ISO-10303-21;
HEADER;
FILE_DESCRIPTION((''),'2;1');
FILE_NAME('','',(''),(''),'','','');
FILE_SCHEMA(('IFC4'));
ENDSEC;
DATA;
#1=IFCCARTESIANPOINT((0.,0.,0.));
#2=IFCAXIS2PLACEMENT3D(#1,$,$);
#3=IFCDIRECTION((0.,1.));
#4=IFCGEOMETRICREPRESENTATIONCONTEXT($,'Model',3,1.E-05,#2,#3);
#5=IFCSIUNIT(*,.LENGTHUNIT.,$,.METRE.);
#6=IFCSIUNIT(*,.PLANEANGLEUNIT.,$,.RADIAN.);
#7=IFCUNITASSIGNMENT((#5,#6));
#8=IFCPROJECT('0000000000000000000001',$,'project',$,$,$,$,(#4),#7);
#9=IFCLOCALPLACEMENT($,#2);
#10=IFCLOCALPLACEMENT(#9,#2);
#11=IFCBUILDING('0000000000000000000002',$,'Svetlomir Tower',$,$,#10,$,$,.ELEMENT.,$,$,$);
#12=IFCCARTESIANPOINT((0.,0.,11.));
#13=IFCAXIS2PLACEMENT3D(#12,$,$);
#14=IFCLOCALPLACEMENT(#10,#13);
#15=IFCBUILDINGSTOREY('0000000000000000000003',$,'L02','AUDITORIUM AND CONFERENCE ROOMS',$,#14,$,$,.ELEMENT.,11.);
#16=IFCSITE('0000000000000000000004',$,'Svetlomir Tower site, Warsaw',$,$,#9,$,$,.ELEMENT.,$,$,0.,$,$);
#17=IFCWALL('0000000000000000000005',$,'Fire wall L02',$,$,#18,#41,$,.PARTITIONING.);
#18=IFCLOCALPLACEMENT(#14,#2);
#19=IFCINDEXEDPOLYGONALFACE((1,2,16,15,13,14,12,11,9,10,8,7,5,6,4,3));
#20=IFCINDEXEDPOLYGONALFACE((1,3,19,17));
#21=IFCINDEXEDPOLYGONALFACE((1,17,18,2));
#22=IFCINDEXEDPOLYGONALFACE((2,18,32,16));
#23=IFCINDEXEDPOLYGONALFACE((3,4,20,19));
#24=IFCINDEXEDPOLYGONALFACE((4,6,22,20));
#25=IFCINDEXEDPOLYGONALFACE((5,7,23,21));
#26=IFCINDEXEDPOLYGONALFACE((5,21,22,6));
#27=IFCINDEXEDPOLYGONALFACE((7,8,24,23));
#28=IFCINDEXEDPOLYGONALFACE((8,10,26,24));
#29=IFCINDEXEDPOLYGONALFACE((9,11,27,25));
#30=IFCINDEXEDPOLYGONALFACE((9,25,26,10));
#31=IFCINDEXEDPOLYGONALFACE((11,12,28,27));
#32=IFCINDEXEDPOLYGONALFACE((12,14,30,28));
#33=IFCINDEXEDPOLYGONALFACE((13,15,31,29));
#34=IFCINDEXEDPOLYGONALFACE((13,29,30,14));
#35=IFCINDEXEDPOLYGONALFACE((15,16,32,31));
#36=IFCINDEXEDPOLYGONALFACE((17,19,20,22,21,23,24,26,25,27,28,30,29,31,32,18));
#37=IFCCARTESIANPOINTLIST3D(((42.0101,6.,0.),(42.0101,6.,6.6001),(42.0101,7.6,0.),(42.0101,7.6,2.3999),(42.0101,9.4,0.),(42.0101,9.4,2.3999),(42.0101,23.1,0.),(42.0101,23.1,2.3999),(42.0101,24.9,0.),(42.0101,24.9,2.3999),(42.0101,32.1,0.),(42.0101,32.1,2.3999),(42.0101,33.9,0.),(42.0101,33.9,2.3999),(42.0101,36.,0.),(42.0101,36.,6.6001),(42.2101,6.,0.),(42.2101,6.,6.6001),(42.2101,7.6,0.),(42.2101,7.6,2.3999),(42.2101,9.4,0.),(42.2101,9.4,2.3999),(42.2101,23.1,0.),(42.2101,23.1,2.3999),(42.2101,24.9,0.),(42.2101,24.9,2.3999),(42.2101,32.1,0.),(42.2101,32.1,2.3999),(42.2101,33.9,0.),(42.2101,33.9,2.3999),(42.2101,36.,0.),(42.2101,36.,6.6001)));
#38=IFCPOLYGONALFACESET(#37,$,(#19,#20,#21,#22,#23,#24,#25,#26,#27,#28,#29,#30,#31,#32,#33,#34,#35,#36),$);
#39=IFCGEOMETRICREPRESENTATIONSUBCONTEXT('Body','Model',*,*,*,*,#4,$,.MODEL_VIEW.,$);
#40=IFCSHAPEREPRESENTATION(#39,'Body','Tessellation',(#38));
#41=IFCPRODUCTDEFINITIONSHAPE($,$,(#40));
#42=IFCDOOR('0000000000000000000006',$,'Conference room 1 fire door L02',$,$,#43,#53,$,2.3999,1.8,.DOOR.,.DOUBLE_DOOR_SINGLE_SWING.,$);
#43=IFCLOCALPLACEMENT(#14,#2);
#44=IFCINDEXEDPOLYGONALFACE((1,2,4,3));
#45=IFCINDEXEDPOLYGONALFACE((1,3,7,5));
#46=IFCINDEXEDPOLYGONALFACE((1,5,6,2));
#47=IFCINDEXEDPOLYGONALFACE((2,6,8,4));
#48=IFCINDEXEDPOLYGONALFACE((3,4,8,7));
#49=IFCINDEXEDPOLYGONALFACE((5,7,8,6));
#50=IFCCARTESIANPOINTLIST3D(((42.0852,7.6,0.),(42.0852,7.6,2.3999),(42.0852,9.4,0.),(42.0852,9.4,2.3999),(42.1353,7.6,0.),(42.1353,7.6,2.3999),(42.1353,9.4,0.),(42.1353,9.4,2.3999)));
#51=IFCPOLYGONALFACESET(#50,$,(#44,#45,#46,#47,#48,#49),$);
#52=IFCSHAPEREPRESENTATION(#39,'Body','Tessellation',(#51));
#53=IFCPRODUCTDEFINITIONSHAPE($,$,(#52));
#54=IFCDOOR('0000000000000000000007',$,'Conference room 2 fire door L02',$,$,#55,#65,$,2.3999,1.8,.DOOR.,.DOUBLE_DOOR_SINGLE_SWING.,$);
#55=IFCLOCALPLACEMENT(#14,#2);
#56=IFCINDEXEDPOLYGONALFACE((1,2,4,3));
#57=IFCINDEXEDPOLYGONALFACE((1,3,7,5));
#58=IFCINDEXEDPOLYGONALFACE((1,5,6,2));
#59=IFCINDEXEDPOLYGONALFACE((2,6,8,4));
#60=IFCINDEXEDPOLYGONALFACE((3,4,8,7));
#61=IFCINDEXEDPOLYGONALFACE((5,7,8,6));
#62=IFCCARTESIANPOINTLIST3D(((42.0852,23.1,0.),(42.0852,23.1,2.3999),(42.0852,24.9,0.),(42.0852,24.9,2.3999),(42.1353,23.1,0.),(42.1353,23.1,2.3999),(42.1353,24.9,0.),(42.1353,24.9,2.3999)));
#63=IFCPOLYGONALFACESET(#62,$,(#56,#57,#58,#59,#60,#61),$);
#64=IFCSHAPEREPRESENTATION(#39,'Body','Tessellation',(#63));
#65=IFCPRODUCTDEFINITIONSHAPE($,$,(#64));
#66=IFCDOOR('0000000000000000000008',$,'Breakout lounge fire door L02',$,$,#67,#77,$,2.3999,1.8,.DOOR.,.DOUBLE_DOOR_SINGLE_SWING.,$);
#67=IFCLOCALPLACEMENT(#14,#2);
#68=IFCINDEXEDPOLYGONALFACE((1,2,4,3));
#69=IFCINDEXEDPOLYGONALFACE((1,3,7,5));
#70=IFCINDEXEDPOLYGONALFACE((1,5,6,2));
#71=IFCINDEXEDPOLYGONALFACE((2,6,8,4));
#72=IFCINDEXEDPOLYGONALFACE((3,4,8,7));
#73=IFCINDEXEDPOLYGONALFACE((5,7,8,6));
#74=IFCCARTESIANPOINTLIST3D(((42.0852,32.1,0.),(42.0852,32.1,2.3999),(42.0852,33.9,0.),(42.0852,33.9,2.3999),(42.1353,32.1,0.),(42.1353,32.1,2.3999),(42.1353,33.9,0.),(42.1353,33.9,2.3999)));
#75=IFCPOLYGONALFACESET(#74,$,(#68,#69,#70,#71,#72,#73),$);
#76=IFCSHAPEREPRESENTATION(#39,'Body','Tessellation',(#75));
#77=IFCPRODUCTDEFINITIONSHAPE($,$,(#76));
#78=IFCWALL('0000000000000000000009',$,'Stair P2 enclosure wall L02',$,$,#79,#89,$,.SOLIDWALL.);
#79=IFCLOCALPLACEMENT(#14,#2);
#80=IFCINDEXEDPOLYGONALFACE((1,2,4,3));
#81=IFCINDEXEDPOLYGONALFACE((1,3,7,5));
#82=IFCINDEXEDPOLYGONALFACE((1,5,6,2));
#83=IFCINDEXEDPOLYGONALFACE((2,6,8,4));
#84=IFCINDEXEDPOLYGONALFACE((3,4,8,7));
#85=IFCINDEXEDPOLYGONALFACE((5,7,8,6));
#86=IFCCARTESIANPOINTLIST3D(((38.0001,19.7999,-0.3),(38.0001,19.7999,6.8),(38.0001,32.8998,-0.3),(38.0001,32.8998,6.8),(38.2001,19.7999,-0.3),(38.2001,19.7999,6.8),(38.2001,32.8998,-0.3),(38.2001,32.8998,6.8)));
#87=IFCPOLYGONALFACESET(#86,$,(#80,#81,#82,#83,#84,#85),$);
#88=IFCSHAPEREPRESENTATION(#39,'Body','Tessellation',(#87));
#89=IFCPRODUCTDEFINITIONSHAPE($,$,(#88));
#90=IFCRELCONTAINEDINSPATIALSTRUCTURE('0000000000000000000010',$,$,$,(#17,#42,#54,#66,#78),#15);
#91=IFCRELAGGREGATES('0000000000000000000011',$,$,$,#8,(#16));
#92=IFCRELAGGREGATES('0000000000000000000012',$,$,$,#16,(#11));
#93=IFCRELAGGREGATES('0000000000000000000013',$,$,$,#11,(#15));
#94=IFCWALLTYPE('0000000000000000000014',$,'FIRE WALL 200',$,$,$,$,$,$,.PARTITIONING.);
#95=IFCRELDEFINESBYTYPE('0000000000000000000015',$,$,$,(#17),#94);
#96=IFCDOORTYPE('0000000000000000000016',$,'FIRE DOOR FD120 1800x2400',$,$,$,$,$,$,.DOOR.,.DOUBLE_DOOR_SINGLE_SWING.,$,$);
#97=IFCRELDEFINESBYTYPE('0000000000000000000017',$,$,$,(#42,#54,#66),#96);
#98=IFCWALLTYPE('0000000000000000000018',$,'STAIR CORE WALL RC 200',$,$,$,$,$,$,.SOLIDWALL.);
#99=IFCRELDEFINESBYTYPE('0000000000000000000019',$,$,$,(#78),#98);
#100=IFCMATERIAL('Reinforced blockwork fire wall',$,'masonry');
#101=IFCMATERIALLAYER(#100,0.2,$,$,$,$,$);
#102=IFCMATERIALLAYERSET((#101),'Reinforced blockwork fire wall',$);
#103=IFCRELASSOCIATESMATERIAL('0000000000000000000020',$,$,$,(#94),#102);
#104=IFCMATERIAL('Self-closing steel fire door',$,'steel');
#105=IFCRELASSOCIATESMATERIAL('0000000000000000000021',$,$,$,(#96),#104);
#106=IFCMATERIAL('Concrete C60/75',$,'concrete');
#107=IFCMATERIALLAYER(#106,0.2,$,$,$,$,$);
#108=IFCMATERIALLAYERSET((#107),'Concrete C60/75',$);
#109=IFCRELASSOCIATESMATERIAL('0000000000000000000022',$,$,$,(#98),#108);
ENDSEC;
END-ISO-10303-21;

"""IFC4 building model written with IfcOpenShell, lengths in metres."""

from ifc_helpers import new_model, si_unit, direction, frame, frame_2d, origin, place, context, subcontext, project, spatial, rectangle, extrude, material, layer, layer_set, type_object, element, fill, save


model = new_model("IFC4")

# Units and contexts
model_context = context("Model", 3, precision=1e-05, world=origin(), true_north=direction((0.0, 1.0)))
body_context = subcontext(model_context, "Body", "Model", "MODEL_VIEW")
ifc_project = project(units=[si_unit("LENGTHUNIT", "METRE"), si_unit("PLANEANGLEUNIT", "RADIAN")], contexts=[model_context])

# Site, building, storey
site_placement = place(None, origin())
site = spatial("IfcSite", under=ifc_project, at=site_placement, Name="Svetlomir Tower site, Warsaw", CompositionType="ELEMENT", RefElevation=0.0)
building_placement = place(site_placement, origin())
building = spatial("IfcBuilding", under=site, at=building_placement, Name="Svetlomir Tower", CompositionType="ELEMENT")
storey_placement = place(building_placement, frame((0.0, 0.0, 11.0)))
storey = spatial("IfcBuildingStorey", under=building, at=storey_placement, Name="L02", Description="AUDITORIUM AND CONFERENCE ROOMS", CompositionType="ELEMENT", Elevation=11.0)

# Shared definitions
ifc_material_1 = material(Name="Reinforced blockwork fire wall", Category="masonry")
ifc_layer_1 = layer(ifc_material_1, 0.2)
ifc_layer_set_1 = layer_set([ifc_layer_1], Name="Reinforced blockwork fire wall")
wall_type_1 = type_object("IfcWallType", Name="FIRE WALL 200", PredefinedType="PARTITIONING", material=ifc_layer_set_1)
ifc_material_2 = material(Name="Self-closing steel fire door", Category="steel")
door_type = type_object("IfcDoorType", Name="FIRE DOOR FD120 1800x2400", OperationType="DOUBLE_DOOR_SINGLE_SWING", PredefinedType="DOOR", material=ifc_material_2)

# Wall, openings, doors
wall_1_placement = place(storey_placement, frame((42.1101, 6.0, 0.0), z_axis=(0.0, 0.0, 1.0), x_axis=(0.0, 1.0, 0.0)))
wall_1 = element("IfcWall", 1, at=wall_1_placement, inside=storey, type_object=wall_type_1, Name="Fire wall L02", PredefinedType="PARTITIONING", context=body_context, shape_type="SweptSolid", body=[
    extrude(rectangle(XDim=30.0, YDim=0.2, at=frame_2d((15.0, 0.0))), origin(), (0.0, 0.0, 1.0), 6.6001),
])
opening_1_placement = place(wall_1_placement, frame((1.6001, 0.0, 0.0)))
opening_1 = element("IfcOpeningElement", 2, at=opening_1_placement, cuts=wall_1, PredefinedType="OPENING", context=body_context, shape_type="SweptSolid", body=[
    extrude(rectangle(XDim=1.8, YDim=2.3999, at=frame_2d((0.8999, 1.2))), frame((0.0, 0.1099, 0.0), z_axis=(0.0, -1.0, 0.0), x_axis=(1.0, 0.0, 0.0)), (0.0, 0.0, 1.0), 0.22),
])
opening_2_placement = place(wall_1_placement, frame((17.1001, 0.0, 0.0)))
opening_2 = element("IfcOpeningElement", 3, at=opening_2_placement, cuts=wall_1, PredefinedType="OPENING", context=body_context, shape_type="SweptSolid", body=[
    extrude(rectangle(XDim=1.8, YDim=2.3999, at=frame_2d((0.8999, 1.2))), frame((0.0, 0.1099, 0.0), z_axis=(0.0, -1.0, 0.0), x_axis=(1.0, 0.0, 0.0)), (0.0, 0.0, 1.0), 0.22),
])
opening_3_placement = place(wall_1_placement, frame((26.1001, 0.0, 0.0)))
opening_3 = element("IfcOpeningElement", 4, at=opening_3_placement, cuts=wall_1, PredefinedType="OPENING", context=body_context, shape_type="SweptSolid", body=[
    extrude(rectangle(XDim=1.8, YDim=2.3999, at=frame_2d((0.8999, 1.2))), frame((0.0, 0.1099, 0.0), z_axis=(0.0, -1.0, 0.0), x_axis=(1.0, 0.0, 0.0)), (0.0, 0.0, 1.0), 0.22),
])
door_1_placement = place(opening_1_placement, origin())
door_1 = element("IfcDoor", 5, at=door_1_placement, inside=storey, type_object=door_type, Name="Conference room 1 fire door L02", OperationType="DOUBLE_DOOR_SINGLE_SWING", OverallHeight=2.3999, OverallWidth=1.8, PredefinedType="DOOR", context=body_context, shape_type="SweptSolid", body=[
    extrude(rectangle(XDim=1.8, YDim=2.3999, at=frame_2d((0.8999, 1.2))), frame((0.0, 0.0249, 0.0), z_axis=(0.0, -1.0, 0.0), x_axis=(1.0, 0.0, 0.0)), (0.0, 0.0, 1.0), 0.05),
])
fill(opening_1, door_1)
door_2_placement = place(opening_2_placement, origin())
door_2 = element("IfcDoor", 6, at=door_2_placement, inside=storey, type_object=door_type, Name="Conference room 2 fire door L02", OperationType="DOUBLE_DOOR_SINGLE_SWING", OverallHeight=2.3999, OverallWidth=1.8, PredefinedType="DOOR", context=body_context, shape_type="SweptSolid", body=[
    extrude(rectangle(XDim=1.8, YDim=2.3999, at=frame_2d((0.8999, 1.2))), frame((0.0, 0.0249, 0.0), z_axis=(0.0, -1.0, 0.0), x_axis=(1.0, 0.0, 0.0)), (0.0, 0.0, 1.0), 0.05),
])
fill(opening_2, door_2)
door_3_placement = place(opening_3_placement, origin())
door_3 = element("IfcDoor", 7, at=door_3_placement, inside=storey, type_object=door_type, Name="Breakout lounge fire door L02", OperationType="DOUBLE_DOOR_SINGLE_SWING", OverallHeight=2.3999, OverallWidth=1.8, PredefinedType="DOOR", context=body_context, shape_type="SweptSolid", body=[
    extrude(rectangle(XDim=1.8, YDim=2.3999, at=frame_2d((0.8999, 1.2))), frame((0.0, 0.0249, 0.0), z_axis=(0.0, -1.0, 0.0), x_axis=(1.0, 0.0, 0.0)), (0.0, 0.0, 1.0), 0.05),
])
fill(opening_3, door_3)

# Wall
ifc_material_3 = material(Name="Concrete C60/75", Category="concrete")
ifc_layer_2 = layer(ifc_material_3, 0.2)
ifc_layer_set_2 = layer_set([ifc_layer_2], Name="Concrete C60/75")
wall_type_2 = type_object("IfcWallType", Name="STAIR CORE WALL RC 200", PredefinedType="SOLIDWALL", material=ifc_layer_set_2)
wall_2_placement = place(storey_placement, frame((38.1001, 19.8, -0.3), z_axis=(0.0, 0.0, 1.0), x_axis=(0.0, 1.0, 0.0)))
element("IfcWall", 8, at=wall_2_placement, inside=storey, type_object=wall_type_2, Name="Stair P2 enclosure wall L02", PredefinedType="SOLIDWALL", context=body_context, shape_type="SweptSolid", body=[
    extrude(rectangle(XDim=13.0999, YDim=0.2, at=frame_2d((6.5498, 0.0))), origin(), (0.0, 0.0, 1.0), 7.1001),
])

save(model, "model.ifc")
